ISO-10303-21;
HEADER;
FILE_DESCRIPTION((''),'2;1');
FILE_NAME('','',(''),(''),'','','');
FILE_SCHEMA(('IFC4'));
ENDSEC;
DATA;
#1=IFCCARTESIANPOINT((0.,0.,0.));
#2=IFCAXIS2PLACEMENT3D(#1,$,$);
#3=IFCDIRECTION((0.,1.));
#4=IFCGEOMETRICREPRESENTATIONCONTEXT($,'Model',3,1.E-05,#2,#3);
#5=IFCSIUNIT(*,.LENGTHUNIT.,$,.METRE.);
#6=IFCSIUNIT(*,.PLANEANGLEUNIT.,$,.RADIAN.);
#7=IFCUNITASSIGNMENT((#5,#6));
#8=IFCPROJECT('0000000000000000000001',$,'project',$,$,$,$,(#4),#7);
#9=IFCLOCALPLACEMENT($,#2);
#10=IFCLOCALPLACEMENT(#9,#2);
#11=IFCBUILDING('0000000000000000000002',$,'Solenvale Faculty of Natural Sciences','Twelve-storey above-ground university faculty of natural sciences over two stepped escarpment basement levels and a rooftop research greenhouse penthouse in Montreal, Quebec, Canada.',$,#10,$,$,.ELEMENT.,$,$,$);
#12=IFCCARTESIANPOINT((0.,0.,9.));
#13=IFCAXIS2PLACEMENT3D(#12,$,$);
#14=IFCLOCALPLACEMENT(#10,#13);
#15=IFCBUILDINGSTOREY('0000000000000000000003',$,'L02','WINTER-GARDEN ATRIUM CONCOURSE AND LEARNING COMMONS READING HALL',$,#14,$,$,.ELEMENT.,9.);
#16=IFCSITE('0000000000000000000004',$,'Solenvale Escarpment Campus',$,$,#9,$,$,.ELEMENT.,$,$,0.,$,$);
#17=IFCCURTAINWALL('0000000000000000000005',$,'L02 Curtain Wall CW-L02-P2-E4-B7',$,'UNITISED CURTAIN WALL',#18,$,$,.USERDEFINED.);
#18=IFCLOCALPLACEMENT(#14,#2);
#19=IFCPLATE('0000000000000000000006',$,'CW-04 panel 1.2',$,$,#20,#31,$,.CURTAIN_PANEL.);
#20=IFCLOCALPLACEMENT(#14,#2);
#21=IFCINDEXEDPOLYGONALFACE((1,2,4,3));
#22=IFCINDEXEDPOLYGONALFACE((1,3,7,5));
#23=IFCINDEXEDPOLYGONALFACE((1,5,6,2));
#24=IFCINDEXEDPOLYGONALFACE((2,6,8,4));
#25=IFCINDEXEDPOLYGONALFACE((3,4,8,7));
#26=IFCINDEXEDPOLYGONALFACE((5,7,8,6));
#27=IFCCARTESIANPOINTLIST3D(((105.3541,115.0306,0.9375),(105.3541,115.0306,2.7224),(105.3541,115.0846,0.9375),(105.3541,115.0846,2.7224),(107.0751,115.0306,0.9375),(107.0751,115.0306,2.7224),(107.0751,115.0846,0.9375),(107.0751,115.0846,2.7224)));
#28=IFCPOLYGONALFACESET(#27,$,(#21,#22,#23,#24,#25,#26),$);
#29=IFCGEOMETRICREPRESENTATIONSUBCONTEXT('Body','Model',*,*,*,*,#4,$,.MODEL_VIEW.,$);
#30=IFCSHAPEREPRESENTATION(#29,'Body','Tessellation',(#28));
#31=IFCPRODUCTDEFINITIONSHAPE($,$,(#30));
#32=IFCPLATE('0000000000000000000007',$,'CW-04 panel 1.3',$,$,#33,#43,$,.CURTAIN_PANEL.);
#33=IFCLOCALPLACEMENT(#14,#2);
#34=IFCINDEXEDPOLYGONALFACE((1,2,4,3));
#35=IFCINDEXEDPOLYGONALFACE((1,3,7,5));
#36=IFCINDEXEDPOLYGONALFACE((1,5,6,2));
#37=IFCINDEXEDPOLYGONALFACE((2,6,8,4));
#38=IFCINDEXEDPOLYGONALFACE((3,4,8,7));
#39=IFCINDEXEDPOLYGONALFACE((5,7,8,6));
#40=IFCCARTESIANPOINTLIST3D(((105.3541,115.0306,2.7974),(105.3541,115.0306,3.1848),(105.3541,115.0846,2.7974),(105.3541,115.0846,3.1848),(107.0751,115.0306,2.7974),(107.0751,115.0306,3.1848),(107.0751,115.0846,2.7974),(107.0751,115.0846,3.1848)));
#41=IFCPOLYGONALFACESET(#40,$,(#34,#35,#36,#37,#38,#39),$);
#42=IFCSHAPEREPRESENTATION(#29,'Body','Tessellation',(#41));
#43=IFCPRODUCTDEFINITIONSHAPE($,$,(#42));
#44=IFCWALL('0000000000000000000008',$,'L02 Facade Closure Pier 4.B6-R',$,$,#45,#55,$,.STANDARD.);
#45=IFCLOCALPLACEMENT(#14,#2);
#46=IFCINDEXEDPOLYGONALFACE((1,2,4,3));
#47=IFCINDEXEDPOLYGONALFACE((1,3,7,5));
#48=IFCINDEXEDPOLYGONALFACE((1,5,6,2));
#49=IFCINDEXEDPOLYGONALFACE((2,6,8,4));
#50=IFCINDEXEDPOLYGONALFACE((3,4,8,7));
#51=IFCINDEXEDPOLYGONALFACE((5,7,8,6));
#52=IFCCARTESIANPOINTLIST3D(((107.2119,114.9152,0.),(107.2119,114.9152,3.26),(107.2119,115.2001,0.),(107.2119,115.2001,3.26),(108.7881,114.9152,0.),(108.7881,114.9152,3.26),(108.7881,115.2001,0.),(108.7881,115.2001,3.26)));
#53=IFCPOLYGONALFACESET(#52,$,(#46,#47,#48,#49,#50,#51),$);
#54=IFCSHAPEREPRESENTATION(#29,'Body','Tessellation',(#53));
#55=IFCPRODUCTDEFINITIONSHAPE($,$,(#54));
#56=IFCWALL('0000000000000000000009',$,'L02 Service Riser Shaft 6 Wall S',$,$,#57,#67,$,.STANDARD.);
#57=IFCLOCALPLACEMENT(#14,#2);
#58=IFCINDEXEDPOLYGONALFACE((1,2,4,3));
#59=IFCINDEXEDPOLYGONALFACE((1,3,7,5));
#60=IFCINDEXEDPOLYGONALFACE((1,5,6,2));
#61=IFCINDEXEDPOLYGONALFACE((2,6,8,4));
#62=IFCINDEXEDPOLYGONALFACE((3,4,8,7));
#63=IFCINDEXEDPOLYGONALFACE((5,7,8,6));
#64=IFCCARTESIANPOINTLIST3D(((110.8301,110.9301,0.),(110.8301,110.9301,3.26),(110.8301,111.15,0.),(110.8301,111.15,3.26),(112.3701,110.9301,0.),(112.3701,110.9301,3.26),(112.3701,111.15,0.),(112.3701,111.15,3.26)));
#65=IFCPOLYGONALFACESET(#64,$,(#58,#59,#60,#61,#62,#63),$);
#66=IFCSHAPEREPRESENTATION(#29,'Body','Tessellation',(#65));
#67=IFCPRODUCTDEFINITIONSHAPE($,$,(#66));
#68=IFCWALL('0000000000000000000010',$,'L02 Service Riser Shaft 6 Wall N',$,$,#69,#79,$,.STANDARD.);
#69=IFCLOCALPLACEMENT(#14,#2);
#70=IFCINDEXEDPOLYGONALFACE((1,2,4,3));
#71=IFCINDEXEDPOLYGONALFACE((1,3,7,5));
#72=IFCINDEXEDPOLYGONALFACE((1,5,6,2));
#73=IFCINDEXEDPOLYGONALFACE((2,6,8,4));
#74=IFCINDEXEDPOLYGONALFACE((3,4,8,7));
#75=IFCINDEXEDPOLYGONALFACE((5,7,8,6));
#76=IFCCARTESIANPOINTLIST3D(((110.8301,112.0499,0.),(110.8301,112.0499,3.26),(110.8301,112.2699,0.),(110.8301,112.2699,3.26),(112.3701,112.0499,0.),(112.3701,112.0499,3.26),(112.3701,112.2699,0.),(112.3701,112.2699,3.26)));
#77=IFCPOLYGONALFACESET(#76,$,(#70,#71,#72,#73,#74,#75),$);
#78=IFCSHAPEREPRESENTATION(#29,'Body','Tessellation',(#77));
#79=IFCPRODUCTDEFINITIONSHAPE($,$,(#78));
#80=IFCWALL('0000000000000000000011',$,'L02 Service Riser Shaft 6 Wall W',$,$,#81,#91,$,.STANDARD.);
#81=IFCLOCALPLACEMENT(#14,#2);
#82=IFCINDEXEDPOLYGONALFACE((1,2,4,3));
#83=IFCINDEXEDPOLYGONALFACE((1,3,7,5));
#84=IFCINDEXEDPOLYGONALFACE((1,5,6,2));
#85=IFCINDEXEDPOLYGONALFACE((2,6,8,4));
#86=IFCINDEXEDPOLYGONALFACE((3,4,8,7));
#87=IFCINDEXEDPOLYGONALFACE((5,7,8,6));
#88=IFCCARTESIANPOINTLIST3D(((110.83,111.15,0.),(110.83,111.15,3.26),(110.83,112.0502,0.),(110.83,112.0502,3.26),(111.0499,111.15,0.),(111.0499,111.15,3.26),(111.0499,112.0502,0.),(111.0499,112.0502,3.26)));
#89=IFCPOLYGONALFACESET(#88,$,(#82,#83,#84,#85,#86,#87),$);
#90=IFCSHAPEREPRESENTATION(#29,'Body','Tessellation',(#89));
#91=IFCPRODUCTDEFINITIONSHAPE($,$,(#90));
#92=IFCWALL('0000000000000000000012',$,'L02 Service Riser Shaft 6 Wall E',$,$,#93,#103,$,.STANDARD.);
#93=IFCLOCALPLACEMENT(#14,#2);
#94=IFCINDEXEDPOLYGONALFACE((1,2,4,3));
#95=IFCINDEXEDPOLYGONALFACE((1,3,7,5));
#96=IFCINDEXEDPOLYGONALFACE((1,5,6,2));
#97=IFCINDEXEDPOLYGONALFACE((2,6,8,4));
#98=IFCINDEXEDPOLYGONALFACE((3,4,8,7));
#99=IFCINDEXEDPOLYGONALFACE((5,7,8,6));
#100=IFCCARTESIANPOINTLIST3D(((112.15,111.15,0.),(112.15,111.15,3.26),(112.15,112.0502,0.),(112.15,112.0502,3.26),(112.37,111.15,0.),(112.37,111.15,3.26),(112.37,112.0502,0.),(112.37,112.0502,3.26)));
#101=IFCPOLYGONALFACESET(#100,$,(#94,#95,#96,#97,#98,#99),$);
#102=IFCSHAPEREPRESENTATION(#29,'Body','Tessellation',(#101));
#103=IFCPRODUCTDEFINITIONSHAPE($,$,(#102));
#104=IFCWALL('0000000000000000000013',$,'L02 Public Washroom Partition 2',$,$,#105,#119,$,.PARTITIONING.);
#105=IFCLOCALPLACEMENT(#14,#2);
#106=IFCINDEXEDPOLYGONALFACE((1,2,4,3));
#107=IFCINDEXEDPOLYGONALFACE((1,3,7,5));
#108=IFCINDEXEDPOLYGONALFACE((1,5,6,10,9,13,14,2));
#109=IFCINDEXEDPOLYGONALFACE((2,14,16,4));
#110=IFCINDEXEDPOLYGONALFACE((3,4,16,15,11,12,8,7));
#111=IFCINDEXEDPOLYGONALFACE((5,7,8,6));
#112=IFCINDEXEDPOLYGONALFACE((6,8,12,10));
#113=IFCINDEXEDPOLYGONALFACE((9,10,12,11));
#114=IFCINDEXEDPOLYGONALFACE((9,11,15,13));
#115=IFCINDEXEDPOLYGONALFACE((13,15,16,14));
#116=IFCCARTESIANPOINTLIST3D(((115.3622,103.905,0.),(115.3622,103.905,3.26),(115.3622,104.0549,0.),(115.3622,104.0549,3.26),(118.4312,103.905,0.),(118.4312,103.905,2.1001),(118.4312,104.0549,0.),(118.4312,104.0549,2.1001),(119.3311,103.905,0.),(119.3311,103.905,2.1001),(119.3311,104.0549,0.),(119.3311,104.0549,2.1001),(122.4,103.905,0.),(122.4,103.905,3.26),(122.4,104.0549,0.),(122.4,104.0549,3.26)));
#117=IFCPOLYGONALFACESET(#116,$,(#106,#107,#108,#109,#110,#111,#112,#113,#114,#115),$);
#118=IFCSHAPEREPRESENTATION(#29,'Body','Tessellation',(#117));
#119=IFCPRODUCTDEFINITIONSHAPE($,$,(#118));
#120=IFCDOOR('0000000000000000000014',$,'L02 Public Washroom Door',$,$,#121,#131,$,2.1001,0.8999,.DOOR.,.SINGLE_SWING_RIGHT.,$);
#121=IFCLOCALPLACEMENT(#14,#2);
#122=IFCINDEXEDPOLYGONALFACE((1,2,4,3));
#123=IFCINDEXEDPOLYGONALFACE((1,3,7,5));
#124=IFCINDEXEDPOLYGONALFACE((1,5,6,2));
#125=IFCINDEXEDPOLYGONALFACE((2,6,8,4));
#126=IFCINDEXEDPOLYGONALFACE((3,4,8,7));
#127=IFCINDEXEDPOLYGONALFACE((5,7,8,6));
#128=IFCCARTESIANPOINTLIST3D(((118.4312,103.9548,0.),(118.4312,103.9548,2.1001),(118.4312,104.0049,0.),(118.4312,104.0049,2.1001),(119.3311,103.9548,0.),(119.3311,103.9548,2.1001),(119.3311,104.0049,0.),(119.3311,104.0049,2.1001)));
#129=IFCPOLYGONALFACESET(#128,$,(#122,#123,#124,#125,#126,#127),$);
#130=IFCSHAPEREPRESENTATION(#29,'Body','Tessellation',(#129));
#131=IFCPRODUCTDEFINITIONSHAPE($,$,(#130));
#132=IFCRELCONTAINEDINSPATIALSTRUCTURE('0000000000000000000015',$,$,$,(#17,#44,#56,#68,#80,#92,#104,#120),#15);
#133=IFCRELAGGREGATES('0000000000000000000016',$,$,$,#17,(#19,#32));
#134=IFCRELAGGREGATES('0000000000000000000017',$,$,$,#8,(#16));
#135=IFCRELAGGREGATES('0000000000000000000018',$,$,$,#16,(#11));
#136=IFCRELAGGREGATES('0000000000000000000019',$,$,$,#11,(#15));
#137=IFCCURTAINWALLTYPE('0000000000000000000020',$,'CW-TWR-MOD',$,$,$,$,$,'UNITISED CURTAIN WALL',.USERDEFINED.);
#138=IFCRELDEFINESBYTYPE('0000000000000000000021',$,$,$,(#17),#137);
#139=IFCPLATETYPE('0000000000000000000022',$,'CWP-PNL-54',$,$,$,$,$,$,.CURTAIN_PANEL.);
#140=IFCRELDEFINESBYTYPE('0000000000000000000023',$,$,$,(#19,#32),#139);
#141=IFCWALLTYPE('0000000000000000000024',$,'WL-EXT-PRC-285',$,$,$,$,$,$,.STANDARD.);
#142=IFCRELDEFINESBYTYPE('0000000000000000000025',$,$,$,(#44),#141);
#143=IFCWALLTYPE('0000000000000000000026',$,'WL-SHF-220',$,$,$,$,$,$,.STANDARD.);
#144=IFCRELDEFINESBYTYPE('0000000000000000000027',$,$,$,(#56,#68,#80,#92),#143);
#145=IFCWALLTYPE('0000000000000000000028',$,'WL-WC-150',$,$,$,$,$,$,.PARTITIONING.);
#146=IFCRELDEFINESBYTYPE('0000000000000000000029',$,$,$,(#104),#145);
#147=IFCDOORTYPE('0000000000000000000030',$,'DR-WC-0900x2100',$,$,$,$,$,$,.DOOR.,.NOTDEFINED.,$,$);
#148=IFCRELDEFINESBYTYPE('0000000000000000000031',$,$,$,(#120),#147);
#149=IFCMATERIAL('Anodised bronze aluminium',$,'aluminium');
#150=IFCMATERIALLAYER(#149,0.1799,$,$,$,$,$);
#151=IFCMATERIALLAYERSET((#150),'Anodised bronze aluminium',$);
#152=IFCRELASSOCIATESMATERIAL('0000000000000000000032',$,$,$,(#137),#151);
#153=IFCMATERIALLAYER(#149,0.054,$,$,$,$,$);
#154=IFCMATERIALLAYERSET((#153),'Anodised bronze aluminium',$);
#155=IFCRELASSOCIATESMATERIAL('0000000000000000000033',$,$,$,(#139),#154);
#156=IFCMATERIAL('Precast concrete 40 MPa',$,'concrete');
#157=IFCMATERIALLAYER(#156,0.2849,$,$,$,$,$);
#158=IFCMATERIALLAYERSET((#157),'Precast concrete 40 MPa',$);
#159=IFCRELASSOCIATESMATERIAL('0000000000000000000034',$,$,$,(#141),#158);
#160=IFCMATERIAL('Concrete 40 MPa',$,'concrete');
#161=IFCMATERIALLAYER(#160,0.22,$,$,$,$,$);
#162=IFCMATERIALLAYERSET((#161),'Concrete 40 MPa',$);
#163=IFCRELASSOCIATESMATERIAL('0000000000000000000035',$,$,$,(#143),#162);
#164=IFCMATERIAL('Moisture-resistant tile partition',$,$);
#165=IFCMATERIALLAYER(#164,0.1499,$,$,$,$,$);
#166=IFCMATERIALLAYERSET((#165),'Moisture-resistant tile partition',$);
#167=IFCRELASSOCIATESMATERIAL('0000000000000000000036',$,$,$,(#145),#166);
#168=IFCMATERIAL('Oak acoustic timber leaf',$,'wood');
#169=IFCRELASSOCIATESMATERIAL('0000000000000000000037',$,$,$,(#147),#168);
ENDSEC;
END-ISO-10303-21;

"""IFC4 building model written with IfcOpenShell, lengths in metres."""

from ifc_helpers import new_model, si_unit, direction, frame, frame_2d, origin, origin_2d, place, context, subcontext, project, spatial, rectangle, extrude, material, layer, layer_set, type_object, element, fill, aggregate, save


model = new_model("IFC4")

# Units and contexts
model_context = context("Model", 3, precision=1e-05, world=origin(), true_north=direction((0.0, 1.0)))
body_context = subcontext(model_context, "Body", "Model", "MODEL_VIEW")
ifc_project = project(units=[si_unit("LENGTHUNIT", "METRE"), si_unit("PLANEANGLEUNIT", "RADIAN")], contexts=[model_context])

# Site, building, storey
site_placement = place(None, origin())
site = spatial("IfcSite", under=ifc_project, at=site_placement, Name="Solenvale Escarpment Campus", CompositionType="ELEMENT", RefElevation=0.0)
building_placement = place(site_placement, origin())
building = spatial("IfcBuilding", under=site, at=building_placement, Name="Solenvale Faculty of Natural Sciences", Description="Twelve-storey above-ground university faculty of natural sciences over two stepped escarpment basement levels and a rooftop research greenhouse penthouse in Montreal, Quebec, Canada.", CompositionType="ELEMENT")
storey_placement = place(building_placement, frame((0.0, 0.0, 9.0)))
storey = spatial("IfcBuildingStorey", under=building, at=storey_placement, Name="L02", Description="WINTER-GARDEN ATRIUM CONCOURSE AND LEARNING COMMONS READING HALL", CompositionType="ELEMENT", Elevation=9.0)

# Shared definitions
ifc_material_1 = material(Name="Concrete 40 MPa", Category="concrete")

# Shared definitions
ifc_material_2 = material(Name="Anodised bronze aluminium", Category="aluminium")
ifc_layer_1 = layer(ifc_material_2, 0.1799)
ifc_layer_set_1 = layer_set([ifc_layer_1], Name="Anodised bronze aluminium")
curtain_wall_type = type_object("IfcCurtainWallType", Name="CW-TWR-MOD", ElementType="UNITISED CURTAIN WALL", PredefinedType="USERDEFINED", material=ifc_layer_set_1)

# Curtain wall, plates
curtain_wall_1_placement = place(storey_placement, origin())
curtain_wall_1 = element("IfcCurtainWall", 1, at=curtain_wall_1_placement, inside=storey, type_object=curtain_wall_type, Name="L02 Curtain Wall CW-L02-P2-E4-B7", ObjectType="UNITISED CURTAIN WALL", PredefinedType="USERDEFINED")
ifc_layer_2 = layer(ifc_material_2, 0.054)
ifc_layer_set_2 = layer_set([ifc_layer_2], Name="Anodised bronze aluminium")
plate_type = type_object("IfcPlateType", Name="CWP-PNL-54", PredefinedType="CURTAIN_PANEL", material=ifc_layer_set_2)
plate_1_placement = place(storey_placement, frame((106.2146, 115.0576, 0.9375), z_axis=(0.0, 0.0, 1.0), x_axis=(-1.0, 0.0, 0.0)))
plate_1 = element("IfcPlate", 2, at=plate_1_placement, type_object=plate_type, Name="CW-04 panel 1.2", PredefinedType="CURTAIN_PANEL", context=body_context, shape_type="SweptSolid", body=[
    extrude(rectangle(XDim=1.7209, YDim=0.054, at=origin_2d()), origin(), (0.0, 0.0, 1.0), 1.7849),
])
plate_2_placement = place(storey_placement, frame((106.2146, 115.0576, 2.7974), z_axis=(0.0, 0.0, 1.0), x_axis=(-1.0, 0.0, 0.0)))
plate_2 = element("IfcPlate", 3, at=plate_2_placement, type_object=plate_type, Name="CW-04 panel 1.3", PredefinedType="CURTAIN_PANEL", context=body_context, shape_type="SweptSolid", body=[
    extrude(rectangle(XDim=1.7209, YDim=0.054, at=origin_2d()), origin(), (0.0, 0.0, 1.0), 0.3875),
])
aggregate(curtain_wall_1, [plate_1, plate_2])

# Walls
ifc_material_3 = material(Name="Precast concrete 40 MPa", Category="concrete")
ifc_layer_3 = layer(ifc_material_3, 0.2849)
ifc_layer_set_3 = layer_set([ifc_layer_3], Name="Precast concrete 40 MPa")
wall_type_1 = type_object("IfcWallType", Name="WL-EXT-PRC-285", PredefinedType="STANDARD", material=ifc_layer_set_3)
wall_1_placement = place(storey_placement, frame((108.7881, 115.0576, 0.0), z_axis=(0.0, 0.0, 1.0), x_axis=(-1.0, 0.0, 0.0)))
element("IfcWall", 4, at=wall_1_placement, inside=storey, type_object=wall_type_1, Name="L02 Facade Closure Pier 4.B6-R", PredefinedType="STANDARD", context=body_context, shape_type="SweptSolid", body=[
    extrude(rectangle(XDim=1.5762, YDim=0.2849, at=frame_2d((0.7881, 0.0))), origin(), (0.0, 0.0, 1.0), 3.26),
])
ifc_layer_4 = layer(ifc_material_1, 0.22)
ifc_layer_set_4 = layer_set([ifc_layer_4], Name="Concrete 40 MPa")
wall_type_2 = type_object("IfcWallType", Name="WL-SHF-220", PredefinedType="STANDARD", material=ifc_layer_set_4)
for number, where, z_axis, x_axis, name in (
    (5, (110.8301, 111.04, 0.0), (0.0, 0.0, 1.0), (1.0, 0.0, 0.0), "L02 Service Riser Shaft 6 Wall S"),
    (6, (110.8301, 112.1599, 0.0), (0.0, 0.0, 1.0), (1.0, 0.0, 0.0), "L02 Service Riser Shaft 6 Wall N"),
):
    element("IfcWall", number, at=place(storey_placement, frame(where, z_axis=z_axis, x_axis=x_axis)), inside=storey, type_object=wall_type_2, Name=name, PredefinedType="STANDARD", context=body_context, shape_type="SweptSolid", body=[
        extrude(rectangle(XDim=1.54, YDim=0.22, at=frame_2d((0.77, 0.0))), origin(), (0.0, 0.0, 1.0), 3.26),
    ])
for number, where, z_axis, x_axis, name in (
    (7, (110.9399, 111.1499, 0.0), (0.0, 0.0, 1.0), (0.0, 1.0, 0.0), "L02 Service Riser Shaft 6 Wall W"),
    (8, (112.26, 111.1499, 0.0), (0.0, 0.0, 1.0), (0.0, 1.0, 0.0), "L02 Service Riser Shaft 6 Wall E"),
):
    element("IfcWall", number, at=place(storey_placement, frame(where, z_axis=z_axis, x_axis=x_axis)), inside=storey, type_object=wall_type_2, Name=name, PredefinedType="STANDARD", context=body_context, shape_type="SweptSolid", body=[
        extrude(rectangle(XDim=0.9001, YDim=0.22, at=frame_2d((0.4502, 0.0))), origin(), (0.0, 0.0, 1.0), 3.26),
    ])

# Wall, opening, door
ifc_material_4 = material(Name="Moisture-resistant tile partition")
ifc_layer_5 = layer(ifc_material_4, 0.1499)
ifc_layer_set_5 = layer_set([ifc_layer_5], Name="Moisture-resistant tile partition")
wall_type_3 = type_object("IfcWallType", Name="WL-WC-150", PredefinedType="PARTITIONING", material=ifc_layer_set_5)
wall_2_placement = place(storey_placement, frame((115.3621, 103.98, 0.0), z_axis=(0.0, 0.0, 1.0), x_axis=(1.0, 0.0, 0.0)))
wall_2 = element("IfcWall", 9, at=wall_2_placement, inside=storey, type_object=wall_type_3, Name="L02 Public Washroom Partition 2", PredefinedType="PARTITIONING", context=body_context, shape_type="SweptSolid", body=[
    extrude(rectangle(XDim=7.0378, YDim=0.1499, at=frame_2d((3.519, 0.0))), origin(), (0.0, 0.0, 1.0), 3.26),
])
opening_placement = place(wall_2_placement, frame((3.0691, 0.0, 0.0)))
opening = element("IfcOpeningElement", 10, at=opening_placement, cuts=wall_2, PredefinedType="OPENING", context=body_context, shape_type="SweptSolid", body=[
    extrude(rectangle(XDim=0.8999, YDim=2.1001, at=frame_2d((0.45, 1.05))), frame((0.0, 0.085, 0.0), z_axis=(0.0, -1.0, 0.0), x_axis=(1.0, 0.0, 0.0)), (0.0, 0.0, 1.0), 0.1699),
])
ifc_material_5 = material(Name="Oak acoustic timber leaf", Category="wood")
door_type = type_object("IfcDoorType", Name="DR-WC-0900x2100", OperationType="NOTDEFINED", PredefinedType="DOOR", material=ifc_material_5)
door_placement = place(opening_placement, origin())
door = element("IfcDoor", 11, at=door_placement, inside=storey, type_object=door_type, Name="L02 Public Washroom Door", OperationType="SINGLE_SWING_RIGHT", OverallHeight=2.1001, OverallWidth=0.8999, PredefinedType="DOOR", context=body_context, shape_type="SweptSolid", body=[
    extrude(rectangle(XDim=0.8999, YDim=2.1001, at=frame_2d((0.45, 1.05))), frame((0.0, 0.0249, 0.0), z_axis=(0.0, -1.0, 0.0), x_axis=(1.0, 0.0, 0.0)), (0.0, 0.0, 1.0), 0.05),
])
fill(opening, door)

save(model, "model.ifc")
